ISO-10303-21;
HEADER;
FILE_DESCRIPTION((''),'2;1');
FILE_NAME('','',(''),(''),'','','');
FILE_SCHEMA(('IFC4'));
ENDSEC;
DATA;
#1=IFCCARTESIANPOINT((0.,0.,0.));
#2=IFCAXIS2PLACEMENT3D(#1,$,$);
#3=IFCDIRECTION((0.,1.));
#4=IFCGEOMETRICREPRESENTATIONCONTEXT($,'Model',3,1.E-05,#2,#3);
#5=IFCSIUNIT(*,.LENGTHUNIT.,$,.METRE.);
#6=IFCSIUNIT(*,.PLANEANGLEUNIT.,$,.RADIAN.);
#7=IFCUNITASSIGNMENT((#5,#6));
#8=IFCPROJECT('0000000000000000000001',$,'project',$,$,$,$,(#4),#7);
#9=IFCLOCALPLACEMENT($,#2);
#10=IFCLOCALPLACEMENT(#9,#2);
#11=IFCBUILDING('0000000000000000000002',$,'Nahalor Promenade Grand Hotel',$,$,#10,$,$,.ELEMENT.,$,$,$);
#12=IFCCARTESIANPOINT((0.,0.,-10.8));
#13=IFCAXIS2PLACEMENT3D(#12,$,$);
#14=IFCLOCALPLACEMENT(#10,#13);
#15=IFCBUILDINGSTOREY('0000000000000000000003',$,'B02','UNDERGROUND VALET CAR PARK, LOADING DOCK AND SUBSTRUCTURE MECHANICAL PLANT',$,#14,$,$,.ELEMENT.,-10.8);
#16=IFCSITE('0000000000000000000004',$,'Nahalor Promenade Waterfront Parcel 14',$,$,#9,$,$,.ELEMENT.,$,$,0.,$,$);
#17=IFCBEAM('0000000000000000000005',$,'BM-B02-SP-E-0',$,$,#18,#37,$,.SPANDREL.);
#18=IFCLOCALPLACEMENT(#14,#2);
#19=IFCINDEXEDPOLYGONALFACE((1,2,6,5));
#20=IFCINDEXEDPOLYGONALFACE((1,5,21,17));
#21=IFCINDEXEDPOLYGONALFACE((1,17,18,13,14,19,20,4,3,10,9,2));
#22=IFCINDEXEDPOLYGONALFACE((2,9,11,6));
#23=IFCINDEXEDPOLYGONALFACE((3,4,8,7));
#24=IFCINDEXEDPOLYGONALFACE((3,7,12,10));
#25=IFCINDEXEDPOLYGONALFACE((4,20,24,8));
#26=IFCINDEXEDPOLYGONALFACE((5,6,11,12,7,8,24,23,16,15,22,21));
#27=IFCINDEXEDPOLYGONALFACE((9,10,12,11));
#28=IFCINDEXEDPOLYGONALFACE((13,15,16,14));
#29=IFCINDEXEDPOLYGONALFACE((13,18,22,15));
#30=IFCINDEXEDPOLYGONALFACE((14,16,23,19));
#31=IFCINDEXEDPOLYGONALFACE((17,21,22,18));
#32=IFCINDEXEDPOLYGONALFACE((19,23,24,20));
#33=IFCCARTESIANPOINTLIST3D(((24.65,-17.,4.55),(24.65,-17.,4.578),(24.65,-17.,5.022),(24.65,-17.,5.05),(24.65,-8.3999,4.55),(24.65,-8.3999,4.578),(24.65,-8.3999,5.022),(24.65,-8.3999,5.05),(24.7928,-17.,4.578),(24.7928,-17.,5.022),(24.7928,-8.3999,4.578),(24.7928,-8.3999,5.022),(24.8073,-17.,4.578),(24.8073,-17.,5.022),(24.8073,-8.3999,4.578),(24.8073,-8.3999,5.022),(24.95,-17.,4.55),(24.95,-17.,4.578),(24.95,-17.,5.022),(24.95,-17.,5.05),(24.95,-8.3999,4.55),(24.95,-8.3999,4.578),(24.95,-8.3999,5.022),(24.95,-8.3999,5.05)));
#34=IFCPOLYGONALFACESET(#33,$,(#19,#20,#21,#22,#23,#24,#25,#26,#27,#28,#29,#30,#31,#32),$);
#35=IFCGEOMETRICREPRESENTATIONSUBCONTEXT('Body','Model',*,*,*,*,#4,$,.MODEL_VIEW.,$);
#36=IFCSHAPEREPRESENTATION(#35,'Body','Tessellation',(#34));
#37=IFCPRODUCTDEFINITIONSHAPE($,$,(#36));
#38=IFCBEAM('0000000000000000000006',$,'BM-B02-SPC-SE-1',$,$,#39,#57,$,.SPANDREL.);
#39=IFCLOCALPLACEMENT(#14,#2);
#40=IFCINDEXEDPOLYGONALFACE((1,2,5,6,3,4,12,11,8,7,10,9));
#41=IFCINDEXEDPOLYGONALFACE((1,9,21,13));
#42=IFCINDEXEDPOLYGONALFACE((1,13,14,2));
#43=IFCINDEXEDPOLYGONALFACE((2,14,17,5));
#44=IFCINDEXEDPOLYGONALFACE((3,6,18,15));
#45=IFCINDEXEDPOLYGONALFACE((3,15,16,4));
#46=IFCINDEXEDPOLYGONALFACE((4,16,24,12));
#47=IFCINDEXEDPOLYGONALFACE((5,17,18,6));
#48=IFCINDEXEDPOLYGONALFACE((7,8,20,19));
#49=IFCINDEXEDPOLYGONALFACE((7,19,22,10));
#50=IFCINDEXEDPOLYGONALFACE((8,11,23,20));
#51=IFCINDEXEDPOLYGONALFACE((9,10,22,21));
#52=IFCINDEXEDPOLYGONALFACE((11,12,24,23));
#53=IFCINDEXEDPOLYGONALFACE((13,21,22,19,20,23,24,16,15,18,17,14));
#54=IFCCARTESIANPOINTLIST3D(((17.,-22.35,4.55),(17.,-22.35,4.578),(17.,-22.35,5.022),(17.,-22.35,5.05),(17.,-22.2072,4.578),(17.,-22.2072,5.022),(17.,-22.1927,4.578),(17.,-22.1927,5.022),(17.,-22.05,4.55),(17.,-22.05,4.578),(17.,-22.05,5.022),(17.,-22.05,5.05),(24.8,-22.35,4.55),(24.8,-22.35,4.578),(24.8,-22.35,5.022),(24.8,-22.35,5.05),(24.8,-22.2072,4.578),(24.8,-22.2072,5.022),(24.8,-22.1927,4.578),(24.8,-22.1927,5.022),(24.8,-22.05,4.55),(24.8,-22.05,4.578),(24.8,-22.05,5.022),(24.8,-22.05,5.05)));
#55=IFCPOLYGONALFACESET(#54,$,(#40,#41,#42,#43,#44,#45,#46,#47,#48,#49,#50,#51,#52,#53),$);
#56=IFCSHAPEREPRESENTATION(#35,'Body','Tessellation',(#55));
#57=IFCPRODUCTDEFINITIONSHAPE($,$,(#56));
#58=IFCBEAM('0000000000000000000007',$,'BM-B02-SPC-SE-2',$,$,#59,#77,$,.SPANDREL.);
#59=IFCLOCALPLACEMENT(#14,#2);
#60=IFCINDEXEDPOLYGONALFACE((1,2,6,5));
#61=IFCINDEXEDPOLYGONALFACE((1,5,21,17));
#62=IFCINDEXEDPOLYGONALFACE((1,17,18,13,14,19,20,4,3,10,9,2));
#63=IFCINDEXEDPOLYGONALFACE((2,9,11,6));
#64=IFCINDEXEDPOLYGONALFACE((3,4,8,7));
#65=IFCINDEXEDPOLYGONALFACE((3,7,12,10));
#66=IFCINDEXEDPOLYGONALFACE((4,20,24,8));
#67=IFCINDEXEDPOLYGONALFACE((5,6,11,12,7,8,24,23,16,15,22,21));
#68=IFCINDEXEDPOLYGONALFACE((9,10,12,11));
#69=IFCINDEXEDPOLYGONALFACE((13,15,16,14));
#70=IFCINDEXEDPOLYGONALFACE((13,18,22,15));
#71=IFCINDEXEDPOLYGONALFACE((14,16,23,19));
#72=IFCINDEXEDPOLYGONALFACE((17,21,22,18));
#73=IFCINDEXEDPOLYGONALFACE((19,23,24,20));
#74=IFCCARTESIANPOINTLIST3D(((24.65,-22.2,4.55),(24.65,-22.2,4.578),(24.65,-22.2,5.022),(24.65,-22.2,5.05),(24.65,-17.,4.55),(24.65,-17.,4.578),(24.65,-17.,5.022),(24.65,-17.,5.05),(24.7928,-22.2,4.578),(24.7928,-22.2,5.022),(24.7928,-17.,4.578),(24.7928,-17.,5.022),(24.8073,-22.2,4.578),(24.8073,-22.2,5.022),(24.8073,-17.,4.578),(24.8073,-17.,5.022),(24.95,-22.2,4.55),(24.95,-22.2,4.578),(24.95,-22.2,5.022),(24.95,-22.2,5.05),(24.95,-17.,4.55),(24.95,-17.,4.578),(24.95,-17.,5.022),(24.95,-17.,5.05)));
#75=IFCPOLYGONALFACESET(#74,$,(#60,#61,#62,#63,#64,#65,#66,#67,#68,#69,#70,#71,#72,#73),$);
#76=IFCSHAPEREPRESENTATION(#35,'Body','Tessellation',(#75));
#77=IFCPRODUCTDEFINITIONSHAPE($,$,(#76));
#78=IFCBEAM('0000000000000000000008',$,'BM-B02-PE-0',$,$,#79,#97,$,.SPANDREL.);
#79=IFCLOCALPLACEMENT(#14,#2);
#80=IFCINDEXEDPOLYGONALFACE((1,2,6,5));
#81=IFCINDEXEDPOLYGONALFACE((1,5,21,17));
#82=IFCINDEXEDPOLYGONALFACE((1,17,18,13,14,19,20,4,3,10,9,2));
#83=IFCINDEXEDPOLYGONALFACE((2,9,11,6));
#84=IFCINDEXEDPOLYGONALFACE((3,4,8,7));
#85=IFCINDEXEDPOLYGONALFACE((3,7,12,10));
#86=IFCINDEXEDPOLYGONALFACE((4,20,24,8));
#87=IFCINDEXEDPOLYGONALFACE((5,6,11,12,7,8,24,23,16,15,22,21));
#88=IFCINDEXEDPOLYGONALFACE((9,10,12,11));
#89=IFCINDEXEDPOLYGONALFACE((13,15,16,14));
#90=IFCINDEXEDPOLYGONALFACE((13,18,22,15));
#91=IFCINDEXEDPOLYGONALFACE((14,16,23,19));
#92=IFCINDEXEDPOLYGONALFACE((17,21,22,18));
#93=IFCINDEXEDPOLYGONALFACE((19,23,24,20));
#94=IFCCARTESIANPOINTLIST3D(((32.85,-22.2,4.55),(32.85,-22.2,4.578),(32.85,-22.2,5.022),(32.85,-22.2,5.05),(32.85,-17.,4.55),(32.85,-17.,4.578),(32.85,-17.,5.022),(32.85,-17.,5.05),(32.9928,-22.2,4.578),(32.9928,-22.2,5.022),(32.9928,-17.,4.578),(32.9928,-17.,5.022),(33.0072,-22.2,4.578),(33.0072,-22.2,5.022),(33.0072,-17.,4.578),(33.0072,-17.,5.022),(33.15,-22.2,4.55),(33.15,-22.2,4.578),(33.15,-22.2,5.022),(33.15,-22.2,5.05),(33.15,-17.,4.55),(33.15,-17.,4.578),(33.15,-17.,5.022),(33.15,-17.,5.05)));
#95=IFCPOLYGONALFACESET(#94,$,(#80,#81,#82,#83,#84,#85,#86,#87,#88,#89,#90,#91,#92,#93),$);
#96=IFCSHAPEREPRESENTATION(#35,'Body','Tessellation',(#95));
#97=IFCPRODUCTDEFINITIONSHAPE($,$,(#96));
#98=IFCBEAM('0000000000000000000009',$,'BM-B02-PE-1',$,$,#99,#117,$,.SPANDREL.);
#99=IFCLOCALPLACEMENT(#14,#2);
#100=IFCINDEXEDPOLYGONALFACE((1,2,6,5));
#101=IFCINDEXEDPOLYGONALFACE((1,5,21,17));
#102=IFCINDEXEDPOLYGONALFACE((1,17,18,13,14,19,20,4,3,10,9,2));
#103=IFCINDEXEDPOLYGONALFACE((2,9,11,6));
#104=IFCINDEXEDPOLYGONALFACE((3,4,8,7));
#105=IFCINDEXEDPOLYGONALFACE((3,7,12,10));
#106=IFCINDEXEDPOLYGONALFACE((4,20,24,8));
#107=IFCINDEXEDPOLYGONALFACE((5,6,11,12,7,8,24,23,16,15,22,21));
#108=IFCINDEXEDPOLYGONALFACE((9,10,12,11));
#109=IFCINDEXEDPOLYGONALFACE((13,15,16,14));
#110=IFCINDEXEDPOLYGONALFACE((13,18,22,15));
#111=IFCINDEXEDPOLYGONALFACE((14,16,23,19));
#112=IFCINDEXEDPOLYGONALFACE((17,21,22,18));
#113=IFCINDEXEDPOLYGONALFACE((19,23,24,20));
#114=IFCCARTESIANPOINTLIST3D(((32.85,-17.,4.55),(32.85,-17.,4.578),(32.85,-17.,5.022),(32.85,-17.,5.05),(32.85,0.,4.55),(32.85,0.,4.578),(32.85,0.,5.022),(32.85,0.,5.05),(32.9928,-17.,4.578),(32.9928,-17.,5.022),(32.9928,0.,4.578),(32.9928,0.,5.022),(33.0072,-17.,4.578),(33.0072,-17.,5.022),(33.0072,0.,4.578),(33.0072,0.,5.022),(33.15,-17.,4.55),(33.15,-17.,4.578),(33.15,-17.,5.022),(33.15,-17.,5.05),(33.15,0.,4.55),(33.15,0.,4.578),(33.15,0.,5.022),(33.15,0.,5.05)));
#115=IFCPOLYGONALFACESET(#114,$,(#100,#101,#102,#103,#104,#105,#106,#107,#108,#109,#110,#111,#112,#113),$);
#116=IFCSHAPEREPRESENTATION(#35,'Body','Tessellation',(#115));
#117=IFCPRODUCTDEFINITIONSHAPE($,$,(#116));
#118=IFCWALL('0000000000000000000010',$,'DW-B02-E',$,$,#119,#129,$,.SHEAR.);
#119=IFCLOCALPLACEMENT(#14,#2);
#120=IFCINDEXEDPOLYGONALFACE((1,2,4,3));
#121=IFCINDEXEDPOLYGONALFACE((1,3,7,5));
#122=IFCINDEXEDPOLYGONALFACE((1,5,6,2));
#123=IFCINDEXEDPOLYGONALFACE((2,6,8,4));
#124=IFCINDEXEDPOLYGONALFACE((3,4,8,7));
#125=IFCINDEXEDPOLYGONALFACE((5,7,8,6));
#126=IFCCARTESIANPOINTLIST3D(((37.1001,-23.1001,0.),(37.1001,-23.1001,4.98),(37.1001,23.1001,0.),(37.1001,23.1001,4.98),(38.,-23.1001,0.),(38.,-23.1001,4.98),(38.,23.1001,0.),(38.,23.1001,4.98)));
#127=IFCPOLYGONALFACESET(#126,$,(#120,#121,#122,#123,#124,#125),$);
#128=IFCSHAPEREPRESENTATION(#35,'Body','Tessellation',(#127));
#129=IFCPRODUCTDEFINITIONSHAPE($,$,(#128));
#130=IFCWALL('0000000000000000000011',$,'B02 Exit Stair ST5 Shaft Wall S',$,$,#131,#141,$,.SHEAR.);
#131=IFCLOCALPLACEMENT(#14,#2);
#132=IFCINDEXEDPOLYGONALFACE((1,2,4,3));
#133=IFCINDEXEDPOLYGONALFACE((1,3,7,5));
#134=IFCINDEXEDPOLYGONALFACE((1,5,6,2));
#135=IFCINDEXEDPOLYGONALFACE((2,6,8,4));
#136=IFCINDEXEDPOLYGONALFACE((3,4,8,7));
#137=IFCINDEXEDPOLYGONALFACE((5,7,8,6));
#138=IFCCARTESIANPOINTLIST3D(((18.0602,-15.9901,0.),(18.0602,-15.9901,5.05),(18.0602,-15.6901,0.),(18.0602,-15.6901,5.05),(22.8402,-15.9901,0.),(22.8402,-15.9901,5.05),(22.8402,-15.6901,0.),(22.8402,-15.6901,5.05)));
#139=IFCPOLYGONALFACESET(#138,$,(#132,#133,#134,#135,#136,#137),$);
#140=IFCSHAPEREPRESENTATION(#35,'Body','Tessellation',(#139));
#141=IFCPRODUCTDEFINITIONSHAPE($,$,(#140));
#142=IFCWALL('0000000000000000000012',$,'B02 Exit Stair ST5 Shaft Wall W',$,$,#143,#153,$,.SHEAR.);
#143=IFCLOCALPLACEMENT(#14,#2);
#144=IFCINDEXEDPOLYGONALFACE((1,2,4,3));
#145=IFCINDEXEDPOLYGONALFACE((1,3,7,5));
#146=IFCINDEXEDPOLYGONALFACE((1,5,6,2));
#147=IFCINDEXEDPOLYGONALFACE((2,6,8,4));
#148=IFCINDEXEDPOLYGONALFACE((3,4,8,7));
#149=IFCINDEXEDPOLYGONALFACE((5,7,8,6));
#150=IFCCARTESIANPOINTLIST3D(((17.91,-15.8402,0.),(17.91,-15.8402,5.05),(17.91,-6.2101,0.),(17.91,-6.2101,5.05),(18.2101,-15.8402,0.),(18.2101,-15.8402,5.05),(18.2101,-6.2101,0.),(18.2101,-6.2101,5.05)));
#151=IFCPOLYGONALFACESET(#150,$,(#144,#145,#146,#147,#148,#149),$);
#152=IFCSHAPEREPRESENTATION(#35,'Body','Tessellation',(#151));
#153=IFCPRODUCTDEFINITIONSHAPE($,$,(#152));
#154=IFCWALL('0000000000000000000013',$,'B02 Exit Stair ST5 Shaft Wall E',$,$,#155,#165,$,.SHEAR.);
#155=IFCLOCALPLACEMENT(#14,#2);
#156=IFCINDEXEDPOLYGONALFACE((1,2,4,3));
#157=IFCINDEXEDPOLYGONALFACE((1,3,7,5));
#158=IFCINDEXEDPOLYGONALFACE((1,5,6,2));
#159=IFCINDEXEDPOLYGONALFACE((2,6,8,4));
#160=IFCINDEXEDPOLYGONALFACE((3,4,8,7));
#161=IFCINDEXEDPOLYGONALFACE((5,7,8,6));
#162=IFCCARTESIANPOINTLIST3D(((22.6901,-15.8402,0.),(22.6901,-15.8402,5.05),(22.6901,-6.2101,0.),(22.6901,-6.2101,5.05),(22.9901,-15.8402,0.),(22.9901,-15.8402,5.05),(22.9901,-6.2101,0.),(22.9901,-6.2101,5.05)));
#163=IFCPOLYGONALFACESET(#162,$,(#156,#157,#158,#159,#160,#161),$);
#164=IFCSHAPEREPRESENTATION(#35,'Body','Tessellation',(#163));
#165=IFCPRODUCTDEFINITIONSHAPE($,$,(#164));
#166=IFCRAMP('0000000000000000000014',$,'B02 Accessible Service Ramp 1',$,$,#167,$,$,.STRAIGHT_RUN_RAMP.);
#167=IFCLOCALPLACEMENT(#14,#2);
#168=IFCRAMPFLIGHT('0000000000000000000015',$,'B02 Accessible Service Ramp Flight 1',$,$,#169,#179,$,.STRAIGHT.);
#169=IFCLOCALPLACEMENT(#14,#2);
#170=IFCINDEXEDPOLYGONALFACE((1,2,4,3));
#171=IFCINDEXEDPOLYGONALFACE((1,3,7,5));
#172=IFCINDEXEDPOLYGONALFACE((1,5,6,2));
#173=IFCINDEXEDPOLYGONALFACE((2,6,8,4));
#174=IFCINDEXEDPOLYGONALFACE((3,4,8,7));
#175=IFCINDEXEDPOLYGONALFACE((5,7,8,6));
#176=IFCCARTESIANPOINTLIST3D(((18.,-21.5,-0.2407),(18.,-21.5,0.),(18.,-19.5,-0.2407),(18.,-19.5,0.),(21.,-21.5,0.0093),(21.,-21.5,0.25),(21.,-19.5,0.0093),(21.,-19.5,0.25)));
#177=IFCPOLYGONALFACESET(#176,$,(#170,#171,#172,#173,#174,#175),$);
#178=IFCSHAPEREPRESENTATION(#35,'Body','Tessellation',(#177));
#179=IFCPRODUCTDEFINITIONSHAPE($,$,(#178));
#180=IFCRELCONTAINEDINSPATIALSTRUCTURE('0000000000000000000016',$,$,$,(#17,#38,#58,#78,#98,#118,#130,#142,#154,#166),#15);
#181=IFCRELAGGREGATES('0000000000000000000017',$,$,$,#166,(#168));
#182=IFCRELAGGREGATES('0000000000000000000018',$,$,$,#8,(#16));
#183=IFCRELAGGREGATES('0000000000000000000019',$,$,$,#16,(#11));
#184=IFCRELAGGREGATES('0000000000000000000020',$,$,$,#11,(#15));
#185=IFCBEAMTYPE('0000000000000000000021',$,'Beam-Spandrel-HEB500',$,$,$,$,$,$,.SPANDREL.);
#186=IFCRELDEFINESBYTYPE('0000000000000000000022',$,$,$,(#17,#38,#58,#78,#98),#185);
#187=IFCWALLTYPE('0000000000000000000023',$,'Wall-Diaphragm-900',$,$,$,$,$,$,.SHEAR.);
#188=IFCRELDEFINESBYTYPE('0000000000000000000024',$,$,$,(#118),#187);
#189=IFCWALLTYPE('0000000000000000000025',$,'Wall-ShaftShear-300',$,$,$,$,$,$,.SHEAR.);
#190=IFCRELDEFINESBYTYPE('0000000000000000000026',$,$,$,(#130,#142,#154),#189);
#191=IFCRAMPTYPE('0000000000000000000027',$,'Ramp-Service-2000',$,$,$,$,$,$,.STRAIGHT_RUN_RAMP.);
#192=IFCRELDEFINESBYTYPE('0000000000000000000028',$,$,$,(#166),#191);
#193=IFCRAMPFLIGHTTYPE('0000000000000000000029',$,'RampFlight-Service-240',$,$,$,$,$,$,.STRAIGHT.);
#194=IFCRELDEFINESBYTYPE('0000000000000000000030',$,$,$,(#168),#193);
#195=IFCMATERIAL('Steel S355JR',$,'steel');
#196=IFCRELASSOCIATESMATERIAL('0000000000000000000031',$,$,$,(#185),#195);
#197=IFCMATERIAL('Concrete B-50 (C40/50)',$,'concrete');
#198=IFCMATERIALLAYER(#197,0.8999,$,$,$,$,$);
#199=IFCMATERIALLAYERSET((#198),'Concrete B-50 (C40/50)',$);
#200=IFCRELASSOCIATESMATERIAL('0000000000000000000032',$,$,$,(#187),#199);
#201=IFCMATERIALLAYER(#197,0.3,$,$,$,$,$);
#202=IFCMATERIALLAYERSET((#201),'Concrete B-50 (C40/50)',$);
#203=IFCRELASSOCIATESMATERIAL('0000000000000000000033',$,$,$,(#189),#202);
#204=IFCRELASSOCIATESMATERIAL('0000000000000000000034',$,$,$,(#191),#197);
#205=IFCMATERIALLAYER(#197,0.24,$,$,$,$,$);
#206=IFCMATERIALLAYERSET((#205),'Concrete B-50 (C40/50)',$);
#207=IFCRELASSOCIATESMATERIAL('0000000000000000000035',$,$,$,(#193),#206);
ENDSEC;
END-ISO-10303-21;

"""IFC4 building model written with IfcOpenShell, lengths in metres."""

from ifc_helpers import new_model, si_unit, direction, frame, frame_2d, origin, origin_2d, place, context, subcontext, project, spatial, polyline, rectangle, i_section, outline, extrude, source, transform, mapped, material, layer, layer_set, material_profile, profile_set, type_object, element, aggregate, save


model = new_model("IFC4")

# Units and contexts
model_context = context("Model", 3, precision=1e-05, world=origin(), true_north=direction((0.0, 1.0)))
body_context = subcontext(model_context, "Body", "Model", "MODEL_VIEW")
ifc_project = project(units=[si_unit("LENGTHUNIT", "METRE"), si_unit("PLANEANGLEUNIT", "RADIAN")], contexts=[model_context])

# Site, building, storey
site_placement = place(None, origin())
site = spatial("IfcSite", under=ifc_project, at=site_placement, Name="Nahalor Promenade Waterfront Parcel 14", CompositionType="ELEMENT", RefElevation=0.0)
building_placement = place(site_placement, origin())
building = spatial("IfcBuilding", under=site, at=building_placement, Name="Nahalor Promenade Grand Hotel", CompositionType="ELEMENT")
storey_placement = place(building_placement, frame((0.0, 0.0, -10.8)))
storey = spatial("IfcBuildingStorey", under=building, at=storey_placement, Name="B02", Description="UNDERGROUND VALET CAR PARK, LOADING DOCK AND SUBSTRUCTURE MECHANICAL PLANT", CompositionType="ELEMENT", Elevation=-10.8)

# Shared definitions
ifc_material_1 = material(Name="Concrete B-50 (C40/50)", Category="concrete")

# Beams
ifc_material_2 = material(Name="Steel S355JR", Category="steel")
ifc_material_profile_1 = material_profile(ifc_material_2, i_section(OverallWidth=0.3, OverallDepth=0.5, WebThickness=0.0145, FlangeThickness=0.028, at=origin_2d()), Name="HEB 500")
ifc_profile_set_1 = profile_set([ifc_material_profile_1], Name="Steel S355JR")
beam_type_1 = type_object("IfcBeamType", Name="Beam-Spandrel-HEB500", PredefinedType="SPANDREL", material=ifc_profile_set_1)
shared_shape_1 = source(origin(), body_context, "Body", "SweptSolid", [
    extrude(i_section(OverallWidth=0.3, OverallDepth=0.5, WebThickness=0.0145, FlangeThickness=0.028, at=origin_2d()), origin(), (0.0, 0.0, 1.0), 8.6001),
])
beam_1_placement = place(storey_placement, frame((24.8, -17.0, 4.8), z_axis=(0.0, 1.0, 0.0), x_axis=(-1.0, 0.0, 0.0)))
element("IfcBeam", 1, at=beam_1_placement, inside=storey, type_object=beam_type_1, Name="BM-B02-SP-E-0", PredefinedType="SPANDREL", context=body_context, shape_type="MappedRepresentation", body=[
    mapped(shared_shape_1, transform((0.0, 0.0, 0.0), scale=1.0)),
])
shared_shape_2 = source(origin(), body_context, "Body", "SweptSolid", [
    extrude(i_section(OverallWidth=0.3, OverallDepth=0.5, WebThickness=0.0145, FlangeThickness=0.028, at=origin_2d()), origin(), (0.0, 0.0, 1.0), 7.8),
])
beam_2_placement = place(storey_placement, frame((17.0, -22.2, 4.8), z_axis=(1.0, 0.0, 0.0), x_axis=(0.0, 1.0, 0.0)))
element("IfcBeam", 2, at=beam_2_placement, inside=storey, type_object=beam_type_1, Name="BM-B02-SPC-SE-1", PredefinedType="SPANDREL", context=body_context, shape_type="MappedRepresentation", body=[
    mapped(shared_shape_2, transform((0.0, 0.0, 0.0), scale=1.0)),
])
shared_shape_3 = source(origin(), body_context, "Body", "SweptSolid", [
    extrude(i_section(OverallWidth=0.3, OverallDepth=0.5, WebThickness=0.0145, FlangeThickness=0.028, at=origin_2d()), origin(), (0.0, 0.0, 1.0), 5.2),
])
for number, where, z_axis, x_axis, name in (
    (3, (24.8, -22.2, 4.8), (0.0, 1.0, 0.0), (-1.0, 0.0, 0.0), "BM-B02-SPC-SE-2"),
    (4, (33.0, -22.2, 4.8), (0.0, 1.0, 0.0), (-1.0, 0.0, 0.0), "BM-B02-PE-0"),
):
    element("IfcBeam", number, at=place(storey_placement, frame(where, z_axis=z_axis, x_axis=x_axis)), inside=storey, type_object=beam_type_1, Name=name, PredefinedType="SPANDREL", context=body_context, shape_type="MappedRepresentation", body=[
        mapped(shared_shape_3, transform((0.0, 0.0, 0.0), scale=1.0)),
    ])
shared_shape_4 = source(origin(), body_context, "Body", "SweptSolid", [
    extrude(i_section(OverallWidth=0.3, OverallDepth=0.5, WebThickness=0.0145, FlangeThickness=0.028, at=origin_2d()), origin(), (0.0, 0.0, 1.0), 17.0),
])
beam_3_placement = place(storey_placement, frame((33.0, -17.0, 4.8), z_axis=(0.0, 1.0, 0.0), x_axis=(-1.0, 0.0, 0.0)))
element("IfcBeam", 5, at=beam_3_placement, inside=storey, type_object=beam_type_1, Name="BM-B02-PE-1", PredefinedType="SPANDREL", context=body_context, shape_type="MappedRepresentation", body=[
    mapped(shared_shape_4, transform((0.0, 0.0, 0.0), scale=1.0)),
])

# Walls
ifc_layer_1 = layer(ifc_material_1, 0.8999)
ifc_layer_set_1 = layer_set([ifc_layer_1], Name="Concrete B-50 (C40/50)")
wall_type_1 = type_object("IfcWallType", Name="Wall-Diaphragm-900", PredefinedType="SHEAR", material=ifc_layer_set_1)
shared_shape_5 = source(origin(), body_context, "Body", "SweptSolid", [
    extrude(rectangle(XDim=46.2002, YDim=0.8999, at=frame_2d((23.1001, 0.0))), origin(), (0.0, 0.0, 1.0), 4.98),
])
wall_1_placement = place(storey_placement, frame((37.55, -23.1001, 0.0), z_axis=(0.0, 0.0, 1.0), x_axis=(0.0, 1.0, 0.0)))
element("IfcWall", 6, at=wall_1_placement, inside=storey, type_object=wall_type_1, Name="DW-B02-E", PredefinedType="SHEAR", context=body_context, shape_type="MappedRepresentation", body=[
    mapped(shared_shape_5, transform((0.0, 0.0, 0.0), scale=1.0)),
])
ifc_layer_2 = layer(ifc_material_1, 0.3)
ifc_layer_set_2 = layer_set([ifc_layer_2], Name="Concrete B-50 (C40/50)")
wall_type_2 = type_object("IfcWallType", Name="Wall-ShaftShear-300", PredefinedType="SHEAR", material=ifc_layer_set_2)
shared_shape_6 = source(origin(), body_context, "Body", "SweptSolid", [
    extrude(rectangle(XDim=4.78, YDim=0.3, at=frame_2d((2.3901, 0.0))), origin(), (0.0, 0.0, 1.0), 5.05),
])
wall_2_placement = place(storey_placement, frame((18.0601, -15.8401, 0.0), z_axis=(0.0, 0.0, 1.0), x_axis=(1.0, 0.0, 0.0)))
element("IfcWall", 7, at=wall_2_placement, inside=storey, type_object=wall_type_2, Name="B02 Exit Stair ST5 Shaft Wall S", PredefinedType="SHEAR", context=body_context, shape_type="MappedRepresentation", body=[
    mapped(shared_shape_6, transform((0.0, 0.0, 0.0), scale=1.0)),
])
shared_shape_7 = source(origin(), body_context, "Body", "SweptSolid", [
    extrude(rectangle(XDim=9.6301, YDim=0.3, at=frame_2d((4.8149, 0.0))), origin(), (0.0, 0.0, 1.0), 5.05),
])
for number, where, z_axis, x_axis, name in (
    (8, (18.0601, -15.8401, 0.0), (0.0, 0.0, 1.0), (0.0, 1.0, 0.0), "B02 Exit Stair ST5 Shaft Wall W"),
    (9, (22.8401, -15.8401, 0.0), (0.0, 0.0, 1.0), (0.0, 1.0, 0.0), "B02 Exit Stair ST5 Shaft Wall E"),
):
    element("IfcWall", number, at=place(storey_placement, frame(where, z_axis=z_axis, x_axis=x_axis)), inside=storey, type_object=wall_type_2, Name=name, PredefinedType="SHEAR", context=body_context, shape_type="MappedRepresentation", body=[
        mapped(shared_shape_7, transform((0.0, 0.0, 0.0), scale=1.0)),
    ])

# Ramp, ramp flight
ramp_type = type_object("IfcRampType", Name="Ramp-Service-2000", PredefinedType="STRAIGHT_RUN_RAMP", material=ifc_material_1)
ramp_placement = place(storey_placement, origin())
ramp = element("IfcRamp", 10, at=ramp_placement, inside=storey, type_object=ramp_type, Name="B02 Accessible Service Ramp 1", PredefinedType="STRAIGHT_RUN_RAMP")
ifc_layer_3 = layer(ifc_material_1, 0.24)
ifc_layer_set_3 = layer_set([ifc_layer_3], Name="Concrete B-50 (C40/50)")
ramp_flight_type = type_object("IfcRampFlightType", Name="RampFlight-Service-240", PredefinedType="STRAIGHT", material=ifc_layer_set_3)
ramp_flight_placement = place(storey_placement, frame((18.0, -21.5, 0.0), z_axis=(-0.083045, 0.0, 0.996546), x_axis=(0.0, 1.0, 0.0)))
ramp_flight = element("IfcRampFlight", 11, at=ramp_flight_placement, type_object=ramp_flight_type, Name="B02 Accessible Service Ramp Flight 1", PredefinedType="STRAIGHT", context=body_context, shape_type="SweptSolid", body=[
    extrude(outline(polyline([(0.0, 0.0), (2.0, 0.0), (2.0, -3.0104), (0.0, -3.0104), (0.0, 0.0)])), origin(), (0.0, 0.083045, -0.996546), 0.2407),
])
aggregate(ramp, [ramp_flight])

save(model, "model.ifc")
